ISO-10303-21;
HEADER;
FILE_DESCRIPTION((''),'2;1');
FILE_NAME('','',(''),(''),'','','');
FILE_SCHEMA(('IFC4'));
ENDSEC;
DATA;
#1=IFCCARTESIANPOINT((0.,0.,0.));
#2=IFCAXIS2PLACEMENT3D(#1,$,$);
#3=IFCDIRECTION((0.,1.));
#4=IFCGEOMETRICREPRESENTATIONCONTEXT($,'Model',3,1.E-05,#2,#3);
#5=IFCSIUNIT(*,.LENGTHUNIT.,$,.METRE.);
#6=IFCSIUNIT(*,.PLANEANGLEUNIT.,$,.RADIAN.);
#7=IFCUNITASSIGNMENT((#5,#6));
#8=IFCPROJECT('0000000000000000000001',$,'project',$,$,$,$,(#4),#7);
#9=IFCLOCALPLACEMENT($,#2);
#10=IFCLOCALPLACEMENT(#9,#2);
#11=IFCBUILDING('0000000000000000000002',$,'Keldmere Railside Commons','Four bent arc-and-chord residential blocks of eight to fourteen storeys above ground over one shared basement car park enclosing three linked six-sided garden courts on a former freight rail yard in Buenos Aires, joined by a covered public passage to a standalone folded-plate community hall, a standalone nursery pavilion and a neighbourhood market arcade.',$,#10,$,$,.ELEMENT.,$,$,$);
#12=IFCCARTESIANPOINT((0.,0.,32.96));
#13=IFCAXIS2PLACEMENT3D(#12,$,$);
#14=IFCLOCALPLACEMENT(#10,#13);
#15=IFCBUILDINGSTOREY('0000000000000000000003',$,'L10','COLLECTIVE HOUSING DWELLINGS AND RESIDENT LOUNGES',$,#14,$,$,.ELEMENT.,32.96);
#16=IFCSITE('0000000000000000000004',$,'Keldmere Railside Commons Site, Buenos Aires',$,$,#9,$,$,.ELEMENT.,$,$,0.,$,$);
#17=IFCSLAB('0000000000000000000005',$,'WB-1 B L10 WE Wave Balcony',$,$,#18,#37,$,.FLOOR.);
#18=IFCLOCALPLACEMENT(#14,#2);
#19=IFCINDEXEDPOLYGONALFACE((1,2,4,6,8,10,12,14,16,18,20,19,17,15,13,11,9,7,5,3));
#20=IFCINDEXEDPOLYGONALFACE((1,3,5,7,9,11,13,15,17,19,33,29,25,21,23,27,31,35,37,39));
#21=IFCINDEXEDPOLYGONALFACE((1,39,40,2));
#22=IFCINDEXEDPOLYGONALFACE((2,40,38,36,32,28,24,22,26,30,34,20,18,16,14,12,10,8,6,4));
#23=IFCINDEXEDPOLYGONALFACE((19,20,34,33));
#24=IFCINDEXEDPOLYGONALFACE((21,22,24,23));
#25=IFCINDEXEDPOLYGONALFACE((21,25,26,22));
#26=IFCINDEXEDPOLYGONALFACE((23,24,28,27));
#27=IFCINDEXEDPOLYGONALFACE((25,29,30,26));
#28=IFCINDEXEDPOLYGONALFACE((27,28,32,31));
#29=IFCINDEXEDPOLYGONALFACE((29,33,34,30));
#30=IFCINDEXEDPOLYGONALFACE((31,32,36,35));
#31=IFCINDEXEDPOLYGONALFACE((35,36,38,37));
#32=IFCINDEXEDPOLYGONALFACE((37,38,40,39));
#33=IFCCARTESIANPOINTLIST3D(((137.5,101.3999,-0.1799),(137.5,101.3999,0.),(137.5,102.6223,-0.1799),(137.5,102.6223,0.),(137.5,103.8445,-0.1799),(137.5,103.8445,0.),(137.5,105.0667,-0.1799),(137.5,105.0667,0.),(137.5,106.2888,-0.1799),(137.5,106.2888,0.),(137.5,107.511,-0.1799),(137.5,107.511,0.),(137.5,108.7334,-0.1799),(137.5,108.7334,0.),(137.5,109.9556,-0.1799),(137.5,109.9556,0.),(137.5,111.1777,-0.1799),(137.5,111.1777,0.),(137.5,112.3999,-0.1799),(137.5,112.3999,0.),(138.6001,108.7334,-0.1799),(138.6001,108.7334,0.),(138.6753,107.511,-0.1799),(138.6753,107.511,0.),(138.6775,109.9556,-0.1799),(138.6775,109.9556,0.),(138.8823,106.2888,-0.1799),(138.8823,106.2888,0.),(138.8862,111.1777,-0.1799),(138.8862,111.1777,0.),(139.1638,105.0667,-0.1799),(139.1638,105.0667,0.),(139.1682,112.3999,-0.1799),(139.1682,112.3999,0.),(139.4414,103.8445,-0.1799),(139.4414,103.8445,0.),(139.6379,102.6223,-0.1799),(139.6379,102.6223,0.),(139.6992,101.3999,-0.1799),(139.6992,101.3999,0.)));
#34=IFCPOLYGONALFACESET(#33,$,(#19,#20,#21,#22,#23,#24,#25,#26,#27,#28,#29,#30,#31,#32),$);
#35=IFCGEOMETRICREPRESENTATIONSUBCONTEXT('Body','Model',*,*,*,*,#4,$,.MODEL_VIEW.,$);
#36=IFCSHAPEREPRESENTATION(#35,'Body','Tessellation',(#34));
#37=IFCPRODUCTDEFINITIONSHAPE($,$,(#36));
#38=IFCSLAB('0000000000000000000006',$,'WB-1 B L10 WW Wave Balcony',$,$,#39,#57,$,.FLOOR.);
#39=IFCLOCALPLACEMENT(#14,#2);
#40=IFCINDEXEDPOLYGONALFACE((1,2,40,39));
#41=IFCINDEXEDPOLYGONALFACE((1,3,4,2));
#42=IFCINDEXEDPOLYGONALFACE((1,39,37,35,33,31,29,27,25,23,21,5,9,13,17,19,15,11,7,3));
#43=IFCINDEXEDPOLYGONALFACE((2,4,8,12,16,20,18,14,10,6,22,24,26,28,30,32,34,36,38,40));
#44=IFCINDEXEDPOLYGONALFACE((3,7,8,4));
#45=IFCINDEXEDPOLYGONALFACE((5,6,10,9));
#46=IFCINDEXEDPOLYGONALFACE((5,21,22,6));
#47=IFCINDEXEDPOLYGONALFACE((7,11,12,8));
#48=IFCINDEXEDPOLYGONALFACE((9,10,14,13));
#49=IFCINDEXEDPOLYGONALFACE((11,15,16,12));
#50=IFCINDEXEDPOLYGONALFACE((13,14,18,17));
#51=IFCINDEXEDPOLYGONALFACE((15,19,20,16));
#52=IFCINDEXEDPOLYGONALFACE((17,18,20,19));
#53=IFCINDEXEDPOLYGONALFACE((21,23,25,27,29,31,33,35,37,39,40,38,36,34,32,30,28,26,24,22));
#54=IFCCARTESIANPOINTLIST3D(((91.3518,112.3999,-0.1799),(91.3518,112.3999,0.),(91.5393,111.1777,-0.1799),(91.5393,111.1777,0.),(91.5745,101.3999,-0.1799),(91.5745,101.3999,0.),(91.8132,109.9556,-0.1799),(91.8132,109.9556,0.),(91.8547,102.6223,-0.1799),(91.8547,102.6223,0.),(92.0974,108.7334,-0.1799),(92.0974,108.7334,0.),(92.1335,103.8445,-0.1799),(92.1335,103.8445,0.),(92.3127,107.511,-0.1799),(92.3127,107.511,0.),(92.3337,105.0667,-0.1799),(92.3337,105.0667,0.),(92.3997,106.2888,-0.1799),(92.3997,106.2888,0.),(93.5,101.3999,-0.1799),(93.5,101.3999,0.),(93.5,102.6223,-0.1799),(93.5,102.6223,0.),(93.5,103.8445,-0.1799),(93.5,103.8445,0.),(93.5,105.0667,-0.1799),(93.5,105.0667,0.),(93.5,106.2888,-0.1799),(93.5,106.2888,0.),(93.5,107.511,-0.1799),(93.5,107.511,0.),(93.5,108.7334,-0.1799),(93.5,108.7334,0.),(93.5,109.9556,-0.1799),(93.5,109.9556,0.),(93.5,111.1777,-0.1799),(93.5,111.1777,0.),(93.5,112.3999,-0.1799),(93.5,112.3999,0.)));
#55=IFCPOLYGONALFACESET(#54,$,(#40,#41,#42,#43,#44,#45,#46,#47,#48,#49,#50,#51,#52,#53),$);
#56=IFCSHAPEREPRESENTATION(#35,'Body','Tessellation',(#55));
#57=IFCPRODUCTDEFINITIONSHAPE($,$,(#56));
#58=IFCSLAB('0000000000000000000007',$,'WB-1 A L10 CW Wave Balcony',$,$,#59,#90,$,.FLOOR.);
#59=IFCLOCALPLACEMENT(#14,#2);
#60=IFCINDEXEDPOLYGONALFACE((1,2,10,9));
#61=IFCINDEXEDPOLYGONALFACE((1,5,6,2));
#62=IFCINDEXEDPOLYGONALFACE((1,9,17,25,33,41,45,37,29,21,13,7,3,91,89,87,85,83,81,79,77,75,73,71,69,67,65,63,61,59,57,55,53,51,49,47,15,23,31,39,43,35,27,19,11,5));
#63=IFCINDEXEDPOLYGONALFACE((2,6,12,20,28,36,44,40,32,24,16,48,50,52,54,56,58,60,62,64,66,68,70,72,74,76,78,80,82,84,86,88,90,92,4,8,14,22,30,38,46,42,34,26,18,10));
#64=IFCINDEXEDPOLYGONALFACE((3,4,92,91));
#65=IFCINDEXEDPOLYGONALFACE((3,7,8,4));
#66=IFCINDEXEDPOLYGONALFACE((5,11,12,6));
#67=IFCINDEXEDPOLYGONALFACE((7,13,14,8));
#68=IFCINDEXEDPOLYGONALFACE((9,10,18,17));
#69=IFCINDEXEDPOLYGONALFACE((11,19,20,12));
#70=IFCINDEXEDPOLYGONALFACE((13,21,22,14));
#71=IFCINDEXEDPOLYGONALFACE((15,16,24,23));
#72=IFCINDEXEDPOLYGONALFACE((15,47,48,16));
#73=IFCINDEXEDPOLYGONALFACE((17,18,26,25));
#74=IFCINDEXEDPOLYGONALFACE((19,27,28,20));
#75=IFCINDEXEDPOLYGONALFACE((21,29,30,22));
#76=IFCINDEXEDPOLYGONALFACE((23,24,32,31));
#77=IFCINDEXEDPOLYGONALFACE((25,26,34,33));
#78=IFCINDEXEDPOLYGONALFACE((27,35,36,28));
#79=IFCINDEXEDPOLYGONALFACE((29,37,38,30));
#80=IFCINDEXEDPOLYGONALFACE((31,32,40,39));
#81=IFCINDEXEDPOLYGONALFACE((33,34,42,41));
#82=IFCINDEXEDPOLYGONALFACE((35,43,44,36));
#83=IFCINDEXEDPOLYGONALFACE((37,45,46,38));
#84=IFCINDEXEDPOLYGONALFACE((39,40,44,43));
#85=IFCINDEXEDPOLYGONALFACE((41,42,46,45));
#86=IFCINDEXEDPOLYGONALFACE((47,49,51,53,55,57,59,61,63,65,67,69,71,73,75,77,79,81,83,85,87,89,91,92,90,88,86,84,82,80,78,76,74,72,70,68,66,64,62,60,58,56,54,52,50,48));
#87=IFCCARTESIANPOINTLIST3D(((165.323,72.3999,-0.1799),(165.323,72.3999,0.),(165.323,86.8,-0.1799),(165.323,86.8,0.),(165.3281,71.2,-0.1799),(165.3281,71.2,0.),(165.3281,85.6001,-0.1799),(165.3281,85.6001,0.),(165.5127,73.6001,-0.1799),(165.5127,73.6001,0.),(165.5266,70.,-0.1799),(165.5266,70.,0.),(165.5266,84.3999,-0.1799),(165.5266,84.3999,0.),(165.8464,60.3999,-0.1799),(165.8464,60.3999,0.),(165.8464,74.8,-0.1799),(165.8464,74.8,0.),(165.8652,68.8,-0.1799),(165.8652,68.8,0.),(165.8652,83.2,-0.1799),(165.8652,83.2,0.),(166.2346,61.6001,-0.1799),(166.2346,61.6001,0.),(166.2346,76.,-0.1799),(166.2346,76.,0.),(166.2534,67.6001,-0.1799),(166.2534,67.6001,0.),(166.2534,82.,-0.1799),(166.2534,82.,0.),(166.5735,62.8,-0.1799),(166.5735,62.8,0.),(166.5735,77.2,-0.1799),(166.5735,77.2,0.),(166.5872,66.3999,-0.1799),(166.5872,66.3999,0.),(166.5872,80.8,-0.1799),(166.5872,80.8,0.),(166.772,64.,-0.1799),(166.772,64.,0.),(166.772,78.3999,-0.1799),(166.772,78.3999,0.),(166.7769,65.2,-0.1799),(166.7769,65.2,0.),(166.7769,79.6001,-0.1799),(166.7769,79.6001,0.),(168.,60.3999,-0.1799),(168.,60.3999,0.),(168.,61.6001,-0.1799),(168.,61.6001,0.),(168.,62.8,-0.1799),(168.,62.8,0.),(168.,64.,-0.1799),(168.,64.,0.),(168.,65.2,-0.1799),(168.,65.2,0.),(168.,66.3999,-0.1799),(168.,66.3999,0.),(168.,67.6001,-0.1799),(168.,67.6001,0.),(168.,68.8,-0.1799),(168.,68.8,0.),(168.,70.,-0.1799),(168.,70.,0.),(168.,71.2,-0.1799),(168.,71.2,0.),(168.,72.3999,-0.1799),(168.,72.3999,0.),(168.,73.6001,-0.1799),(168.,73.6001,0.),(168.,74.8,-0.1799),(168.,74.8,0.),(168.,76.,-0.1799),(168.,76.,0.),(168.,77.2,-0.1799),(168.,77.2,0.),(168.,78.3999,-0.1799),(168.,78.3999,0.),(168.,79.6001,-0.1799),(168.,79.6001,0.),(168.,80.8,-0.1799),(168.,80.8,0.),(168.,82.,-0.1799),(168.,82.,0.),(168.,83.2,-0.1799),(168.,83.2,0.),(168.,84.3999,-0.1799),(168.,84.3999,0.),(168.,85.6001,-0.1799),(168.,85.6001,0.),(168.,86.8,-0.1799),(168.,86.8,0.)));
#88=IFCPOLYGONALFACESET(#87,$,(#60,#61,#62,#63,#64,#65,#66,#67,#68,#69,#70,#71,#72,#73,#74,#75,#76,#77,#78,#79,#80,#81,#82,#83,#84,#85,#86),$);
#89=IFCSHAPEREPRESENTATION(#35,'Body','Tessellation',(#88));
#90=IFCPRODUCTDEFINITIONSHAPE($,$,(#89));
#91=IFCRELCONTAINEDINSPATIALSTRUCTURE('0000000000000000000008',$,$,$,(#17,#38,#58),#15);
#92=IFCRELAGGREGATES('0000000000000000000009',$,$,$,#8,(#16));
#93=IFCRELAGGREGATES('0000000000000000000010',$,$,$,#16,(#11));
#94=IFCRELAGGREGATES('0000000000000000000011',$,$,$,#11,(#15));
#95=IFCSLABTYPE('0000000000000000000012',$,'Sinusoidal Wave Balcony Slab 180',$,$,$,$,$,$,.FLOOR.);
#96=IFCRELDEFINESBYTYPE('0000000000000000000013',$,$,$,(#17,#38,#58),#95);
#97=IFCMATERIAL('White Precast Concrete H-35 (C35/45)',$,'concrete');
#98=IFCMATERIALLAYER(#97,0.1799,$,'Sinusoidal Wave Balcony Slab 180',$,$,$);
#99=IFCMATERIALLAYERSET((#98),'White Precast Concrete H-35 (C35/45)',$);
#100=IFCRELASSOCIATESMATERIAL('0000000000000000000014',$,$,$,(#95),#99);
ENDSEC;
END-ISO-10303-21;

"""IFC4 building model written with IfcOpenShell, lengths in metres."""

from ifc_helpers import new_model, si_unit, direction, frame, origin, place, context, subcontext, project, spatial, polyline, outline, extrude, material, layer, layer_set, type_object, element, save


model = new_model("IFC4")

# Units and contexts
model_context = context("Model", 3, precision=1e-05, world=origin(), true_north=direction((0.0, 1.0)))
body_context = subcontext(model_context, "Body", "Model", "MODEL_VIEW")
ifc_project = project(units=[si_unit("LENGTHUNIT", "METRE"), si_unit("PLANEANGLEUNIT", "RADIAN")], contexts=[model_context])

# Site, building, storey
site_placement = place(None, origin())
site = spatial("IfcSite", under=ifc_project, at=site_placement, Name="Keldmere Railside Commons Site, Buenos Aires", CompositionType="ELEMENT", RefElevation=0.0)
building_placement = place(site_placement, origin())
building = spatial("IfcBuilding", under=site, at=building_placement, Name="Keldmere Railside Commons", Description="Four bent arc-and-chord residential blocks of eight to fourteen storeys above ground over one shared basement car park enclosing three linked six-sided garden courts on a former freight rail yard in Buenos Aires, joined by a covered public passage to a standalone folded-plate community hall, a standalone nursery pavilion and a neighbourhood market arcade.", CompositionType="ELEMENT")
storey_placement = place(building_placement, frame((0.0, 0.0, 32.96)))
storey = spatial("IfcBuildingStorey", under=building, at=storey_placement, Name="L10", Description="COLLECTIVE HOUSING DWELLINGS AND RESIDENT LOUNGES", CompositionType="ELEMENT", Elevation=32.96)

# Slabs
ifc_material_1 = material(Name="White Precast Concrete H-35 (C35/45)", Category="concrete")
ifc_layer_1 = layer(ifc_material_1, 0.1799, Name="Sinusoidal Wave Balcony Slab 180")
ifc_layer_set_1 = layer_set([ifc_layer_1], Name="White Precast Concrete H-35 (C35/45)")
slab_type_1 = type_object("IfcSlabType", Name="Sinusoidal Wave Balcony Slab 180", PredefinedType="FLOOR", material=ifc_layer_set_1)
slab_1_placement = place(storey_placement, frame((0.0, 0.0, -0.1799)))
element("IfcSlab", 1, at=slab_1_placement, inside=storey, type_object=slab_type_1, Name="WB-1 B L10 WE Wave Balcony", PredefinedType="FLOOR", context=body_context, shape_type="SweptSolid", body=[
    extrude(outline(polyline([(139.6992, 101.3999), (139.6379, 102.6223), (139.4414, 103.8445), (139.1638, 105.0667), (138.8823, 106.2888), (138.6753, 107.511), (138.6001, 108.7334), (138.6775, 109.9556), (138.8862, 111.1777), (139.1682, 112.3999), (137.5, 112.3999), (137.5, 111.1777), (137.5, 109.9556), (137.5, 108.7334), (137.5, 107.511), (137.5, 106.2888), (137.5, 105.0667), (137.5, 103.8445), (137.5, 102.6223), (137.5, 101.3999), (139.6992, 101.3999)])), origin(), (0.0, 0.0, 1.0), 0.1799),
])
slab_2_placement = place(storey_placement, frame((0.0, 0.0, -0.1799)))
element("IfcSlab", 2, at=slab_2_placement, inside=storey, type_object=slab_type_1, Name="WB-1 B L10 WW Wave Balcony", PredefinedType="FLOOR", context=body_context, shape_type="SweptSolid", body=[
    extrude(outline(polyline([(93.5, 101.3999), (93.5, 102.6223), (93.5, 103.8445), (93.5, 105.0667), (93.5, 106.2888), (93.5, 107.511), (93.5, 108.7334), (93.5, 109.9556), (93.5, 111.1777), (93.5, 112.3999), (91.3518, 112.3999), (91.5393, 111.1777), (91.8132, 109.9556), (92.0974, 108.7334), (92.3127, 107.511), (92.3997, 106.2888), (92.3337, 105.0667), (92.1335, 103.8445), (91.8547, 102.6223), (91.5745, 101.3999), (93.5, 101.3999)])), origin(), (0.0, 0.0, 1.0), 0.1799),
])
slab_3_placement = place(storey_placement, frame((0.0, 0.0, -0.1799)))
element("IfcSlab", 3, at=slab_3_placement, inside=storey, type_object=slab_type_1, Name="WB-1 A L10 CW Wave Balcony", PredefinedType="FLOOR", context=body_context, shape_type="SweptSolid", body=[
    extrude(outline(polyline([(168.0, 60.3999), (168.0, 61.6001), (168.0, 62.8), (168.0, 64.0), (168.0, 65.2), (168.0, 66.3999), (168.0, 67.6001), (168.0, 68.8), (168.0, 70.0), (168.0, 71.2), (168.0, 72.3999), (168.0, 73.6001), (168.0, 74.8), (168.0, 76.0), (168.0, 77.2), (168.0, 78.3999), (168.0, 79.6001), (168.0, 80.8), (168.0, 82.0), (168.0, 83.2), (168.0, 84.3999), (168.0, 85.6001), (168.0, 86.8), (165.323, 86.8), (165.3281, 85.6001), (165.5266, 84.3999), (165.8652, 83.2), (166.2534, 82.0), (166.5872, 80.8), (166.7769, 79.6001), (166.772, 78.3999), (166.5735, 77.2), (166.2346, 76.0), (165.8464, 74.8), (165.5127, 73.6001), (165.323, 72.3999), (165.3281, 71.2), (165.5266, 70.0), (165.8652, 68.8), (166.2534, 67.6001), (166.5872, 66.3999), (166.7769, 65.2), (166.772, 64.0), (166.5735, 62.8), (166.2346, 61.6001), (165.8464, 60.3999), (168.0, 60.3999)])), origin(), (0.0, 0.0, 1.0), 0.1799),
])

save(model, "model.ifc")
